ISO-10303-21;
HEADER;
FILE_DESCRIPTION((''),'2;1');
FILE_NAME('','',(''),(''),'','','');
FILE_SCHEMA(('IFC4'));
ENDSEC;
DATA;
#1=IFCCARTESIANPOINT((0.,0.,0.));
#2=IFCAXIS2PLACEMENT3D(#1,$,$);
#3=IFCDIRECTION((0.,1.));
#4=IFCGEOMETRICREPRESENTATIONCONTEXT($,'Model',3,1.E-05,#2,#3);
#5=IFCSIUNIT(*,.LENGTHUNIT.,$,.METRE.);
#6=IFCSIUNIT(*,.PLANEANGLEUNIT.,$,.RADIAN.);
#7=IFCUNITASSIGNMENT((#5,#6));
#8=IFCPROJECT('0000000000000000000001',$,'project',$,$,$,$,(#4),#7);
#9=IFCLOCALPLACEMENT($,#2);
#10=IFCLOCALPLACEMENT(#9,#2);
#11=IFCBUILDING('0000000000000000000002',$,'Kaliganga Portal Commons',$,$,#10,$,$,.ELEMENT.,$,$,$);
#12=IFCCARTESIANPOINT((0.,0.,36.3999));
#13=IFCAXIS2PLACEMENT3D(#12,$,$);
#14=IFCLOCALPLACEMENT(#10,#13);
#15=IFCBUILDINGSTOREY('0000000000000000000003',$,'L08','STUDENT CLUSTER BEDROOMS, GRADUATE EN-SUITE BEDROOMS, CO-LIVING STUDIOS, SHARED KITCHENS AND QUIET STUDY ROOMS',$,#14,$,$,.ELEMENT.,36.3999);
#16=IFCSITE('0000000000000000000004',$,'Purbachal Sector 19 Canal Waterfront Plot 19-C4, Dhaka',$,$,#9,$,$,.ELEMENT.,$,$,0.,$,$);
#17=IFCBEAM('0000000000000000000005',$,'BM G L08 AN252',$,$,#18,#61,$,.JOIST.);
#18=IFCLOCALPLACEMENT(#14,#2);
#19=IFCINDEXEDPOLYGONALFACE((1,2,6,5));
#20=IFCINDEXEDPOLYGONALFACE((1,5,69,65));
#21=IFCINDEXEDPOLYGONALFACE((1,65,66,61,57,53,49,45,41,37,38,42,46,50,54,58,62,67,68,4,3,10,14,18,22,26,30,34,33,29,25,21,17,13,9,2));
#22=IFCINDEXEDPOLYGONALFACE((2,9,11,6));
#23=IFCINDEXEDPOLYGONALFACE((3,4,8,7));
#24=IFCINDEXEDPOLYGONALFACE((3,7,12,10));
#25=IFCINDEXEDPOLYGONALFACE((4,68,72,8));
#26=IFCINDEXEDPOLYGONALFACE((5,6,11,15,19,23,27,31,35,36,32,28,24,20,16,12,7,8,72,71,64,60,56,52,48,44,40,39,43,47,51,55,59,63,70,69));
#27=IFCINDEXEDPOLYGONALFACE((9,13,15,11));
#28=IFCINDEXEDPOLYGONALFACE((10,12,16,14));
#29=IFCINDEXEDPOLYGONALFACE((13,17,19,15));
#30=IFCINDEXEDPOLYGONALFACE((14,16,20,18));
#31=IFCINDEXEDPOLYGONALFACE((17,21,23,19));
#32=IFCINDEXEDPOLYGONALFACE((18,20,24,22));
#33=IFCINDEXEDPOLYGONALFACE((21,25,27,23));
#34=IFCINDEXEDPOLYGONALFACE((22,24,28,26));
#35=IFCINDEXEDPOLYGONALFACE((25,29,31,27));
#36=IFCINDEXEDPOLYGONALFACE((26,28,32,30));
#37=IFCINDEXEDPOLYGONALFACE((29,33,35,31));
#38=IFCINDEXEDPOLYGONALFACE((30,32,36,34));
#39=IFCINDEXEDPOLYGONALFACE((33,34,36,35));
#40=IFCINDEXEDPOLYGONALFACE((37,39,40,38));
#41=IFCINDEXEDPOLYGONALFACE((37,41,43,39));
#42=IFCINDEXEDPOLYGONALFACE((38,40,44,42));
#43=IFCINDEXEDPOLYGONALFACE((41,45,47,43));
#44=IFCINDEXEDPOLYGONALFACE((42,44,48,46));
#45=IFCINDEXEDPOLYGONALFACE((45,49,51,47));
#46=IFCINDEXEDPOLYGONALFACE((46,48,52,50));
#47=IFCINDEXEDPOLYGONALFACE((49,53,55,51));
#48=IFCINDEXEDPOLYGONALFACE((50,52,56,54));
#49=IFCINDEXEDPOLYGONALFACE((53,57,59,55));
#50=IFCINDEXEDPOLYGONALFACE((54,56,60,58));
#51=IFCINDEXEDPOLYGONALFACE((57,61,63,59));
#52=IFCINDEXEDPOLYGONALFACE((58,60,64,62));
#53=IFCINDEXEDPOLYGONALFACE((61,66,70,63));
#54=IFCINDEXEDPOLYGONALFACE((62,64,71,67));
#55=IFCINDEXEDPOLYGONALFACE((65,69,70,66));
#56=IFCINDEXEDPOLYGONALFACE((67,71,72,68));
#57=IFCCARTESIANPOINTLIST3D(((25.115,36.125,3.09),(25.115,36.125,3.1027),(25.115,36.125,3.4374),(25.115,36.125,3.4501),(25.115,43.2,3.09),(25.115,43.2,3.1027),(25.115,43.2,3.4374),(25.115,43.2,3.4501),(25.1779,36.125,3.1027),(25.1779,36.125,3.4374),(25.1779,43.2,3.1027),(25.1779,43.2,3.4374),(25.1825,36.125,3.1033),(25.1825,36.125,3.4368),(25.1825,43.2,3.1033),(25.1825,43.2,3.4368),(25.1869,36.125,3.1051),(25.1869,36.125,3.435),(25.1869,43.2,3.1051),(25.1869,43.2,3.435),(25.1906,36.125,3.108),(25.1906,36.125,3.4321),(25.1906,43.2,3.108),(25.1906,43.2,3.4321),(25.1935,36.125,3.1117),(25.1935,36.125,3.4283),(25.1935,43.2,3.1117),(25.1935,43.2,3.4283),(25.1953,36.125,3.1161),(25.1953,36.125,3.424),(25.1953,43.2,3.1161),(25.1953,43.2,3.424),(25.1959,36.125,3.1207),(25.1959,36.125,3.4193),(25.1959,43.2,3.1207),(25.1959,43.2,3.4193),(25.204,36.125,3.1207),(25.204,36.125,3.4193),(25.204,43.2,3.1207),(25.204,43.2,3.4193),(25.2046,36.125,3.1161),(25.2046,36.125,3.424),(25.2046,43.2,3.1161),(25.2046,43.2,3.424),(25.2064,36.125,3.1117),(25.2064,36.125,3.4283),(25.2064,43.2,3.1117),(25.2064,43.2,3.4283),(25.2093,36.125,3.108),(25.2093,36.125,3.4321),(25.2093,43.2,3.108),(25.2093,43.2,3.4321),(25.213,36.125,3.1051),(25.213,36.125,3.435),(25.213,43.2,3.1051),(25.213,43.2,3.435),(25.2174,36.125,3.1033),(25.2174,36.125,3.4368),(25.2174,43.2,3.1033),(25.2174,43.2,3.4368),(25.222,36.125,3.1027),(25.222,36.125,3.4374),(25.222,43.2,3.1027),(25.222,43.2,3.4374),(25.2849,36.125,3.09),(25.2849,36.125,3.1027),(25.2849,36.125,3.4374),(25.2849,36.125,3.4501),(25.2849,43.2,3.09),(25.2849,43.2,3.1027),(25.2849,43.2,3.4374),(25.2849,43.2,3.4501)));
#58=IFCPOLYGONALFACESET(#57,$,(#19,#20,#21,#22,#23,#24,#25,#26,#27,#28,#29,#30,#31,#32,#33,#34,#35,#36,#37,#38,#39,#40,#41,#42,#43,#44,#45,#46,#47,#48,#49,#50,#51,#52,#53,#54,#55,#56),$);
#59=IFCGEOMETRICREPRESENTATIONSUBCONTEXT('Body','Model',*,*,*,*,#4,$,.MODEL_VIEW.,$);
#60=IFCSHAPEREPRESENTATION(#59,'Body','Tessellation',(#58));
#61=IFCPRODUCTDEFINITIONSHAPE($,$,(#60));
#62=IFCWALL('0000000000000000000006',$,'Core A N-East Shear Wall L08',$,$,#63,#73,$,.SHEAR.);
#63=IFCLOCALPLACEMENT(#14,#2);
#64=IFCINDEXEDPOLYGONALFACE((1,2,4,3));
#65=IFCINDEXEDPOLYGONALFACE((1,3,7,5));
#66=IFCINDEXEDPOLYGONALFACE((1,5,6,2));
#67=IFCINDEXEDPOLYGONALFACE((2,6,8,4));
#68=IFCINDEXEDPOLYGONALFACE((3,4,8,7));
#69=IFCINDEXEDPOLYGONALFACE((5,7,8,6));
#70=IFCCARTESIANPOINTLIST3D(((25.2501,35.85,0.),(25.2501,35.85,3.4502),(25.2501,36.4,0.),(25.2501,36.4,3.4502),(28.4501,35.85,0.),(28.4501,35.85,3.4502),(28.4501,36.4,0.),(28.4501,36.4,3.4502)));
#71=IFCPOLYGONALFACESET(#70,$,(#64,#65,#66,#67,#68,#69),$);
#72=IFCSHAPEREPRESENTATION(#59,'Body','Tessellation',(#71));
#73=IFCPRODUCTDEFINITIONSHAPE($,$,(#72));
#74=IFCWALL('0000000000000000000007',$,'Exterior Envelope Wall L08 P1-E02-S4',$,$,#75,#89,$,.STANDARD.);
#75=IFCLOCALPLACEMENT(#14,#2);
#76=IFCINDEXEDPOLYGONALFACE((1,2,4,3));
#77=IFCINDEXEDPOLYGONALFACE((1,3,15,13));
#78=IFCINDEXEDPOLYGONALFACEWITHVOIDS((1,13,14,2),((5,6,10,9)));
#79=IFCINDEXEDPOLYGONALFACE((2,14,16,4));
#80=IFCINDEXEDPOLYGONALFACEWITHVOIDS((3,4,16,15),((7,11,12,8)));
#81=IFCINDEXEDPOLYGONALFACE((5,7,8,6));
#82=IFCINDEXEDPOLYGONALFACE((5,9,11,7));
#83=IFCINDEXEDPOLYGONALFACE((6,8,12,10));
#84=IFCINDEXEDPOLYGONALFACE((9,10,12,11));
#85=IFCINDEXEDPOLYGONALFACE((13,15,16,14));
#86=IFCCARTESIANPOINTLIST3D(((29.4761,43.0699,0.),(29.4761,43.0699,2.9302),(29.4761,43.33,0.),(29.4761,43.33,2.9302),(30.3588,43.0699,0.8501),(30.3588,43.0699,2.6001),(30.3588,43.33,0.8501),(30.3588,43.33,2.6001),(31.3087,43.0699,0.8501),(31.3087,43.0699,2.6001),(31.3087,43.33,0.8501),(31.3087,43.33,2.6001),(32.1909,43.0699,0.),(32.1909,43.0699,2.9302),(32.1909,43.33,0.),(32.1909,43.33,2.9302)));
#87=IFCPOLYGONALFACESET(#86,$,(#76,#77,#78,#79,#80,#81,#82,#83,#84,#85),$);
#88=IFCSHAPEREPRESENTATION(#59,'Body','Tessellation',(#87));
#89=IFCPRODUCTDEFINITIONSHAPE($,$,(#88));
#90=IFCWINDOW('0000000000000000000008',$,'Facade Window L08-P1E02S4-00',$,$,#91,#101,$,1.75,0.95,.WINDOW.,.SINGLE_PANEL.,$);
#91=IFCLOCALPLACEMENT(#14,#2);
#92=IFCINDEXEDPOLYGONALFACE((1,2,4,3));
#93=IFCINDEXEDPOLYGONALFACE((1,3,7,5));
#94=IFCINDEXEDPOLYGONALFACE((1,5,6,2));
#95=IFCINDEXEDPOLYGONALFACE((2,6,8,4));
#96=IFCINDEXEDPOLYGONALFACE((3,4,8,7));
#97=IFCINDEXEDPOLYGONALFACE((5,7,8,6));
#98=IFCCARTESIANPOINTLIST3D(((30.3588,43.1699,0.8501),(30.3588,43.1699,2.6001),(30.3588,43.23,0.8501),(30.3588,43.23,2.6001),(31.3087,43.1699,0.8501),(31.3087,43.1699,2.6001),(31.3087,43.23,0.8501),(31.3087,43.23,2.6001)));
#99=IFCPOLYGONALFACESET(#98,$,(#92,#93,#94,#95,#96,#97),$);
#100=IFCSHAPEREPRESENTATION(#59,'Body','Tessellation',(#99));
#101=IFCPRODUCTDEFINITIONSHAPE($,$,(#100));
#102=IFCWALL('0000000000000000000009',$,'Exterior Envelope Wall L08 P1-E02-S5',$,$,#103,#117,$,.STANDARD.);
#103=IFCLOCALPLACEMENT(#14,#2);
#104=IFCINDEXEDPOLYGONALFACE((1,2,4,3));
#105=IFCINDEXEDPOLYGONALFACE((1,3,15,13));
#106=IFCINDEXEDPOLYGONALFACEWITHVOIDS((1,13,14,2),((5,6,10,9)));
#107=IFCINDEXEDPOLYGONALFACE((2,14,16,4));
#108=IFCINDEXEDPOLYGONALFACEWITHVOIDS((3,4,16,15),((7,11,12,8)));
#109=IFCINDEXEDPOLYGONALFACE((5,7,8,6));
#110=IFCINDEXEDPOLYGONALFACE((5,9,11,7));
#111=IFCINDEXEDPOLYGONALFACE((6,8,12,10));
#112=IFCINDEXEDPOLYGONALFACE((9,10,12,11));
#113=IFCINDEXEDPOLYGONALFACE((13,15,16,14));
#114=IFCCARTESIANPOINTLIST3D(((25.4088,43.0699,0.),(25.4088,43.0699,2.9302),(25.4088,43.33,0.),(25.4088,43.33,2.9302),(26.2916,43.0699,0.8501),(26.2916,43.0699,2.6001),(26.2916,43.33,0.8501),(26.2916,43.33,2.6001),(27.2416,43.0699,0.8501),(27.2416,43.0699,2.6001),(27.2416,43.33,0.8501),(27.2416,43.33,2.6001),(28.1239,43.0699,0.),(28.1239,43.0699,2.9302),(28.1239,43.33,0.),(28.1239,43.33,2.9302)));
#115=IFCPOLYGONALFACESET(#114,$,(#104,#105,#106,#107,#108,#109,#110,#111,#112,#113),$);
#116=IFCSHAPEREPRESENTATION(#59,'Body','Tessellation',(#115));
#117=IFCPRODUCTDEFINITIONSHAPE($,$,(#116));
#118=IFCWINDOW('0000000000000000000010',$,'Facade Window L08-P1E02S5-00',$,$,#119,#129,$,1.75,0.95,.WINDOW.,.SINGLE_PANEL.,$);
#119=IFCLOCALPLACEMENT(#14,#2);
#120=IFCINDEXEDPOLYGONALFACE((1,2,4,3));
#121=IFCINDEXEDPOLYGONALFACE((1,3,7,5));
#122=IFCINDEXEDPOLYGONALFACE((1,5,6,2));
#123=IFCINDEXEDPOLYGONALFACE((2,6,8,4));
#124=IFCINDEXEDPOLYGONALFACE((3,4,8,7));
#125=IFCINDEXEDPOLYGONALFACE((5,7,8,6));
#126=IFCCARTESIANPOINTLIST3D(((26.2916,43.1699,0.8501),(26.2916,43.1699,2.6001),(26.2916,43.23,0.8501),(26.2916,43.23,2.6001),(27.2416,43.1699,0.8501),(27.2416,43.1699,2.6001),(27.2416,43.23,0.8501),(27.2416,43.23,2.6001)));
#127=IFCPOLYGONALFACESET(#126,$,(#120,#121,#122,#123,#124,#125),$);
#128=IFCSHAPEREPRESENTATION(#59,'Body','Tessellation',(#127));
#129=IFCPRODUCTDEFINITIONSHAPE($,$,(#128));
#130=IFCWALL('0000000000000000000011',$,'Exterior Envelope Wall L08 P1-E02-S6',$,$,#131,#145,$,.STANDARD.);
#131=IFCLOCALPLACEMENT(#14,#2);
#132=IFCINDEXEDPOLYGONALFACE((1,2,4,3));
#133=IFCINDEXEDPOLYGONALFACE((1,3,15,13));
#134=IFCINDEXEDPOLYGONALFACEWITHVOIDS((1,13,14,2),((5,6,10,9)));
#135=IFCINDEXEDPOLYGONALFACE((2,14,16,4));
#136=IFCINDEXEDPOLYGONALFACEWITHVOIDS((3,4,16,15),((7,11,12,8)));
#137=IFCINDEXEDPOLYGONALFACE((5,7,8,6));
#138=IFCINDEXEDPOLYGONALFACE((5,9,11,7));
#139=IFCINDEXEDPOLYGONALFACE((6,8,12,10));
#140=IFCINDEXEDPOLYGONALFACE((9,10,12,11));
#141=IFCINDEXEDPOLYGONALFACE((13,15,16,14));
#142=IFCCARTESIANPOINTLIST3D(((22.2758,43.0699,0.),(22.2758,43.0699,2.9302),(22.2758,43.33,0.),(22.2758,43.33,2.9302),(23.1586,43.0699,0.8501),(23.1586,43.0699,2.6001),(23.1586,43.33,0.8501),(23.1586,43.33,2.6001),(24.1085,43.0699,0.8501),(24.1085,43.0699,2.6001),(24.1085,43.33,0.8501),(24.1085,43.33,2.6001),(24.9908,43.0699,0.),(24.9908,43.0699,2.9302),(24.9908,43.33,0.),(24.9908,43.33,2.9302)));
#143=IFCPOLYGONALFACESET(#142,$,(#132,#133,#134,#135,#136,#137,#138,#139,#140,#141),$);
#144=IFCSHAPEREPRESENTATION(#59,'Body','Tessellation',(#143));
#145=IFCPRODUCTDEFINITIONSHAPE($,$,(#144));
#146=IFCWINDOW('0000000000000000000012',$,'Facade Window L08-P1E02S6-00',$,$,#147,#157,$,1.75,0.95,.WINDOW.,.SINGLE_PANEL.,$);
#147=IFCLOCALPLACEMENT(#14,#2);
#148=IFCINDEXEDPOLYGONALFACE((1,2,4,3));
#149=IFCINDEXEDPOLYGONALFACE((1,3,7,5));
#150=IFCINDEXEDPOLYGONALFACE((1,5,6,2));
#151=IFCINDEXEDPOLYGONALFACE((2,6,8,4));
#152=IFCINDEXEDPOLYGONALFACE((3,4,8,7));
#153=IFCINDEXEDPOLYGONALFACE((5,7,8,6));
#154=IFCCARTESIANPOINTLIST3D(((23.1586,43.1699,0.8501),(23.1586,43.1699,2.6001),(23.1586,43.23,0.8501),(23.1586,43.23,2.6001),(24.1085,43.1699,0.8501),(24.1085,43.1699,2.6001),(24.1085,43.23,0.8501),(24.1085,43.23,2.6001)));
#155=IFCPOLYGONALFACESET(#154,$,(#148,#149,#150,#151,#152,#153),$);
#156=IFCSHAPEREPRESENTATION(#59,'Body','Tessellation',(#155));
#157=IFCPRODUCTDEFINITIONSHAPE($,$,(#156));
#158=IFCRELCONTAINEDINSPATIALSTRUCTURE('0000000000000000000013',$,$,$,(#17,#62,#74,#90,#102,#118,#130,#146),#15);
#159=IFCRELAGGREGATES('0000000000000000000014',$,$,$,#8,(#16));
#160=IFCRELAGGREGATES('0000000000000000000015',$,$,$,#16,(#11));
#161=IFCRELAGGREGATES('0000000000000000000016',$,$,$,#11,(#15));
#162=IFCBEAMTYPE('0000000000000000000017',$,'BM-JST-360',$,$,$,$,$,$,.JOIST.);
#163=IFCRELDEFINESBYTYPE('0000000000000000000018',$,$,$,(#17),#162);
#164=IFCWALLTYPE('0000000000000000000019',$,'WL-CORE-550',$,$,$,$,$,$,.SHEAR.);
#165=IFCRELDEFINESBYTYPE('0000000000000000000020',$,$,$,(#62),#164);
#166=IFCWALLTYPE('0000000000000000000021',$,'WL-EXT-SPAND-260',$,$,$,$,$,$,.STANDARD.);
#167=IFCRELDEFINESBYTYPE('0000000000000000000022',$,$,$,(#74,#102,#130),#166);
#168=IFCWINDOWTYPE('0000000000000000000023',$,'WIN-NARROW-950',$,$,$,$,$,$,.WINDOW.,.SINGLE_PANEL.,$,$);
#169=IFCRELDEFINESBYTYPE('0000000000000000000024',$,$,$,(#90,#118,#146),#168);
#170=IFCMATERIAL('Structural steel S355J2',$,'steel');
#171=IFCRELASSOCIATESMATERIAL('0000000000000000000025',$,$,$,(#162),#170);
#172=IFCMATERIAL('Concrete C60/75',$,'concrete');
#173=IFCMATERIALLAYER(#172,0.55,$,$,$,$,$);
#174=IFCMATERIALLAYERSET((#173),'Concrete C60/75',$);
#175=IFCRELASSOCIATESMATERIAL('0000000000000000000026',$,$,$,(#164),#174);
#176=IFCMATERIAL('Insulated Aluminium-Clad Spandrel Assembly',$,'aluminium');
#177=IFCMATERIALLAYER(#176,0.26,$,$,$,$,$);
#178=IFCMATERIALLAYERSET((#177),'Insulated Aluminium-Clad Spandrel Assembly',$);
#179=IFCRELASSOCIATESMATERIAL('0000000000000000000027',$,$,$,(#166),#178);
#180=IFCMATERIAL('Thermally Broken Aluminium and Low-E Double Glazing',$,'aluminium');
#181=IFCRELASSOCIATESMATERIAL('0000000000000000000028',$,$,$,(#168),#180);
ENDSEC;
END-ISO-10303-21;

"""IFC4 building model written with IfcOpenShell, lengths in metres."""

from ifc_helpers import new_model, si_unit, direction, frame, frame_2d, origin, origin_2d, place, context, subcontext, project, spatial, rectangle, i_section, extrude, source, transform, mapped, material, layer, layer_set, material_profile, profile_set, type_object, element, fill, save


model = new_model("IFC4")

# Units and contexts
model_context = context("Model", 3, precision=1e-05, world=origin(), true_north=direction((0.0, 1.0)))
body_context = subcontext(model_context, "Body", "Model", "MODEL_VIEW")
ifc_project = project(units=[si_unit("LENGTHUNIT", "METRE"), si_unit("PLANEANGLEUNIT", "RADIAN")], contexts=[model_context])

# Site, building, storey
site_placement = place(None, origin())
site = spatial("IfcSite", under=ifc_project, at=site_placement, Name="Purbachal Sector 19 Canal Waterfront Plot 19-C4, Dhaka", CompositionType="ELEMENT", RefElevation=0.0)
building_placement = place(site_placement, origin())
building = spatial("IfcBuilding", under=site, at=building_placement, Name="Kaliganga Portal Commons", CompositionType="ELEMENT")
storey_placement = place(building_placement, frame((0.0, 0.0, 36.3999)))
storey = spatial("IfcBuildingStorey", under=building, at=storey_placement, Name="L08", Description="STUDENT CLUSTER BEDROOMS, GRADUATE EN-SUITE BEDROOMS, CO-LIVING STUDIOS, SHARED KITCHENS AND QUIET STUDY ROOMS", CompositionType="ELEMENT", Elevation=36.3999)

# Beam
ifc_material_1 = material(Name="Structural steel S355J2", Category="steel")
ifc_material_profile_1 = material_profile(ifc_material_1, i_section(OverallWidth=0.1699, OverallDepth=0.3601, WebThickness=0.0081, FlangeThickness=0.0127, FilletRadius=0.0181, at=origin_2d()), Name="IPE 360")
ifc_profile_set_1 = profile_set([ifc_material_profile_1], Name="Structural steel S355J2 wide-flange")
beam_type_1 = type_object("IfcBeamType", Name="BM-JST-360", PredefinedType="JOIST", material=ifc_profile_set_1)
shared_shape_1 = source(origin(), body_context, "Body", "SweptSolid", [
    extrude(i_section(OverallWidth=0.1699, OverallDepth=0.3601, WebThickness=0.0081, FlangeThickness=0.0127, FilletRadius=0.0181, at=origin_2d()), origin(), (0.0, 0.0, 1.0), 7.075),
])
beam_1_placement = place(storey_placement, frame((25.2, 36.125, 3.27), z_axis=(0.0, 1.0, 0.0), x_axis=(-1.0, 0.0, 0.0)))
element("IfcBeam", 1, at=beam_1_placement, inside=storey, type_object=beam_type_1, Name="BM G L08 AN252", PredefinedType="JOIST", context=body_context, shape_type="MappedRepresentation", body=[
    mapped(shared_shape_1, transform((0.0, 0.0, 0.0), x_axis=(1.0, 0.0, 0.0), y_axis=(0.0, 1.0, 0.0), z_axis=(0.0, 0.0, 1.0), scale=1.0)),
])

# Wall
ifc_material_2 = material(Name="Concrete C60/75", Category="concrete")
ifc_layer_1 = layer(ifc_material_2, 0.55)
ifc_layer_set_1 = layer_set([ifc_layer_1], Name="Concrete C60/75")
wall_type_1 = type_object("IfcWallType", Name="WL-CORE-550", PredefinedType="SHEAR", material=ifc_layer_set_1)
wall_1_placement = place(storey_placement, frame((25.25, 36.125, 0.0), z_axis=(0.0, 0.0, 1.0), x_axis=(1.0, 0.0, 0.0)))
element("IfcWall", 2, at=wall_1_placement, inside=storey, type_object=wall_type_1, Name="Core A N-East Shear Wall L08", PredefinedType="SHEAR", context=body_context, shape_type="SweptSolid", body=[
    extrude(rectangle(XDim=3.2, YDim=0.55, at=frame_2d((1.6001, 0.0))), origin(), (0.0, 0.0, 1.0), 3.4502),
])

# Walls, openings, windows
ifc_material_3 = material(Name="Insulated Aluminium-Clad Spandrel Assembly", Category="aluminium")
ifc_layer_2 = layer(ifc_material_3, 0.26)
ifc_layer_set_2 = layer_set([ifc_layer_2], Name="Insulated Aluminium-Clad Spandrel Assembly")
wall_type_2 = type_object("IfcWallType", Name="WL-EXT-SPAND-260", PredefinedType="STANDARD", material=ifc_layer_set_2)
wall_2_placement = place(storey_placement, frame((29.4761, 43.2, 0.0), z_axis=(0.0, 0.0, 1.0), x_axis=(1.0, 0.0, 0.0)))
wall_2 = element("IfcWall", 3, at=wall_2_placement, inside=storey, type_object=wall_type_2, Name="Exterior Envelope Wall L08 P1-E02-S4", PredefinedType="STANDARD", context=body_context, shape_type="SweptSolid", body=[
    extrude(rectangle(XDim=2.7148, YDim=0.26, at=frame_2d((1.3574, 0.0))), origin(), (0.0, 0.0, 1.0), 2.9302),
])
opening_1_placement = place(wall_2_placement, frame((0.8826, 0.0, 0.8501)))
opening_1 = element("IfcOpeningElement", 4, at=opening_1_placement, cuts=wall_2, PredefinedType="OPENING", context=body_context, shape_type="SweptSolid", body=[
    extrude(rectangle(XDim=0.95, YDim=1.75, at=frame_2d((0.4751, 0.875))), frame((0.0, 0.1401, 0.0), z_axis=(0.0, -1.0, 0.0), x_axis=(1.0, 0.0, 0.0)), (0.0, 0.0, 1.0), 0.28),
])
ifc_material_4 = material(Name="Thermally Broken Aluminium and Low-E Double Glazing", Category="aluminium")
window_type = type_object("IfcWindowType", Name="WIN-NARROW-950", PartitioningType="SINGLE_PANEL", PredefinedType="WINDOW", material=ifc_material_4)
window_1_placement = place(opening_1_placement, origin())
window_1 = element("IfcWindow", 5, at=window_1_placement, inside=storey, type_object=window_type, Name="Facade Window L08-P1E02S4-00", OverallHeight=1.75, OverallWidth=0.95, PartitioningType="SINGLE_PANEL", PredefinedType="WINDOW", context=body_context, shape_type="SweptSolid", body=[
    extrude(rectangle(XDim=0.95, YDim=1.75, at=frame_2d((0.4751, 0.875))), frame((0.0, 0.03, 0.0), z_axis=(0.0, -1.0, 0.0), x_axis=(1.0, 0.0, 0.0)), (0.0, 0.0, 1.0), 0.0601),
])
fill(opening_1, window_1)
wall_3_placement = place(storey_placement, frame((25.4089, 43.2, 0.0), z_axis=(0.0, 0.0, 1.0), x_axis=(1.0, 0.0, 0.0)))
wall_3 = element("IfcWall", 6, at=wall_3_placement, inside=storey, type_object=wall_type_2, Name="Exterior Envelope Wall L08 P1-E02-S5", PredefinedType="STANDARD", context=body_context, shape_type="SweptSolid", body=[
    extrude(rectangle(XDim=2.7151, YDim=0.26, at=frame_2d((1.3574, 0.0))), origin(), (0.0, 0.0, 1.0), 2.9302),
])
opening_2_placement = place(wall_3_placement, frame((0.8826, 0.0, 0.8501)))
opening_2 = element("IfcOpeningElement", 7, at=opening_2_placement, cuts=wall_3, PredefinedType="OPENING", context=body_context, shape_type="SweptSolid", body=[
    extrude(rectangle(XDim=0.95, YDim=1.75, at=frame_2d((0.4751, 0.875))), frame((0.0, 0.1401, 0.0), z_axis=(0.0, -1.0, 0.0), x_axis=(1.0, 0.0, 0.0)), (0.0, 0.0, 1.0), 0.28),
])
window_2_placement = place(opening_2_placement, origin())
window_2 = element("IfcWindow", 8, at=window_2_placement, inside=storey, type_object=window_type, Name="Facade Window L08-P1E02S5-00", OverallHeight=1.75, OverallWidth=0.95, PartitioningType="SINGLE_PANEL", PredefinedType="WINDOW", context=body_context, shape_type="SweptSolid", body=[
    extrude(rectangle(XDim=0.95, YDim=1.75, at=frame_2d((0.4751, 0.875))), frame((0.0, 0.03, 0.0), z_axis=(0.0, -1.0, 0.0), x_axis=(1.0, 0.0, 0.0)), (0.0, 0.0, 1.0), 0.0601),
])
fill(opening_2, window_2)
wall_4_placement = place(storey_placement, frame((22.2759, 43.2, 0.0), z_axis=(0.0, 0.0, 1.0), x_axis=(1.0, 0.0, 0.0)))
wall_4 = element("IfcWall", 9, at=wall_4_placement, inside=storey, type_object=wall_type_2, Name="Exterior Envelope Wall L08 P1-E02-S6", PredefinedType="STANDARD", context=body_context, shape_type="SweptSolid", body=[
    extrude(rectangle(XDim=2.7151, YDim=0.26, at=frame_2d((1.3574, 0.0))), origin(), (0.0, 0.0, 1.0), 2.9302),
])
opening_3_placement = place(wall_4_placement, frame((0.8826, 0.0, 0.8501)))
opening_3 = element("IfcOpeningElement", 10, at=opening_3_placement, cuts=wall_4, PredefinedType="OPENING", context=body_context, shape_type="SweptSolid", body=[
    extrude(rectangle(XDim=0.95, YDim=1.75, at=frame_2d((0.4751, 0.875))), frame((0.0, 0.1401, 0.0), z_axis=(0.0, -1.0, 0.0), x_axis=(1.0, 0.0, 0.0)), (0.0, 0.0, 1.0), 0.28),
])
window_3_placement = place(opening_3_placement, origin())
window_3 = element("IfcWindow", 11, at=window_3_placement, inside=storey, type_object=window_type, Name="Facade Window L08-P1E02S6-00", OverallHeight=1.75, OverallWidth=0.95, PartitioningType="SINGLE_PANEL", PredefinedType="WINDOW", context=body_context, shape_type="SweptSolid", body=[
    extrude(rectangle(XDim=0.95, YDim=1.75, at=frame_2d((0.4751, 0.875))), frame((0.0, 0.03, 0.0), z_axis=(0.0, -1.0, 0.0), x_axis=(1.0, 0.0, 0.0)), (0.0, 0.0, 1.0), 0.0601),
])
fill(opening_3, window_3)

save(model, "model.ifc")
